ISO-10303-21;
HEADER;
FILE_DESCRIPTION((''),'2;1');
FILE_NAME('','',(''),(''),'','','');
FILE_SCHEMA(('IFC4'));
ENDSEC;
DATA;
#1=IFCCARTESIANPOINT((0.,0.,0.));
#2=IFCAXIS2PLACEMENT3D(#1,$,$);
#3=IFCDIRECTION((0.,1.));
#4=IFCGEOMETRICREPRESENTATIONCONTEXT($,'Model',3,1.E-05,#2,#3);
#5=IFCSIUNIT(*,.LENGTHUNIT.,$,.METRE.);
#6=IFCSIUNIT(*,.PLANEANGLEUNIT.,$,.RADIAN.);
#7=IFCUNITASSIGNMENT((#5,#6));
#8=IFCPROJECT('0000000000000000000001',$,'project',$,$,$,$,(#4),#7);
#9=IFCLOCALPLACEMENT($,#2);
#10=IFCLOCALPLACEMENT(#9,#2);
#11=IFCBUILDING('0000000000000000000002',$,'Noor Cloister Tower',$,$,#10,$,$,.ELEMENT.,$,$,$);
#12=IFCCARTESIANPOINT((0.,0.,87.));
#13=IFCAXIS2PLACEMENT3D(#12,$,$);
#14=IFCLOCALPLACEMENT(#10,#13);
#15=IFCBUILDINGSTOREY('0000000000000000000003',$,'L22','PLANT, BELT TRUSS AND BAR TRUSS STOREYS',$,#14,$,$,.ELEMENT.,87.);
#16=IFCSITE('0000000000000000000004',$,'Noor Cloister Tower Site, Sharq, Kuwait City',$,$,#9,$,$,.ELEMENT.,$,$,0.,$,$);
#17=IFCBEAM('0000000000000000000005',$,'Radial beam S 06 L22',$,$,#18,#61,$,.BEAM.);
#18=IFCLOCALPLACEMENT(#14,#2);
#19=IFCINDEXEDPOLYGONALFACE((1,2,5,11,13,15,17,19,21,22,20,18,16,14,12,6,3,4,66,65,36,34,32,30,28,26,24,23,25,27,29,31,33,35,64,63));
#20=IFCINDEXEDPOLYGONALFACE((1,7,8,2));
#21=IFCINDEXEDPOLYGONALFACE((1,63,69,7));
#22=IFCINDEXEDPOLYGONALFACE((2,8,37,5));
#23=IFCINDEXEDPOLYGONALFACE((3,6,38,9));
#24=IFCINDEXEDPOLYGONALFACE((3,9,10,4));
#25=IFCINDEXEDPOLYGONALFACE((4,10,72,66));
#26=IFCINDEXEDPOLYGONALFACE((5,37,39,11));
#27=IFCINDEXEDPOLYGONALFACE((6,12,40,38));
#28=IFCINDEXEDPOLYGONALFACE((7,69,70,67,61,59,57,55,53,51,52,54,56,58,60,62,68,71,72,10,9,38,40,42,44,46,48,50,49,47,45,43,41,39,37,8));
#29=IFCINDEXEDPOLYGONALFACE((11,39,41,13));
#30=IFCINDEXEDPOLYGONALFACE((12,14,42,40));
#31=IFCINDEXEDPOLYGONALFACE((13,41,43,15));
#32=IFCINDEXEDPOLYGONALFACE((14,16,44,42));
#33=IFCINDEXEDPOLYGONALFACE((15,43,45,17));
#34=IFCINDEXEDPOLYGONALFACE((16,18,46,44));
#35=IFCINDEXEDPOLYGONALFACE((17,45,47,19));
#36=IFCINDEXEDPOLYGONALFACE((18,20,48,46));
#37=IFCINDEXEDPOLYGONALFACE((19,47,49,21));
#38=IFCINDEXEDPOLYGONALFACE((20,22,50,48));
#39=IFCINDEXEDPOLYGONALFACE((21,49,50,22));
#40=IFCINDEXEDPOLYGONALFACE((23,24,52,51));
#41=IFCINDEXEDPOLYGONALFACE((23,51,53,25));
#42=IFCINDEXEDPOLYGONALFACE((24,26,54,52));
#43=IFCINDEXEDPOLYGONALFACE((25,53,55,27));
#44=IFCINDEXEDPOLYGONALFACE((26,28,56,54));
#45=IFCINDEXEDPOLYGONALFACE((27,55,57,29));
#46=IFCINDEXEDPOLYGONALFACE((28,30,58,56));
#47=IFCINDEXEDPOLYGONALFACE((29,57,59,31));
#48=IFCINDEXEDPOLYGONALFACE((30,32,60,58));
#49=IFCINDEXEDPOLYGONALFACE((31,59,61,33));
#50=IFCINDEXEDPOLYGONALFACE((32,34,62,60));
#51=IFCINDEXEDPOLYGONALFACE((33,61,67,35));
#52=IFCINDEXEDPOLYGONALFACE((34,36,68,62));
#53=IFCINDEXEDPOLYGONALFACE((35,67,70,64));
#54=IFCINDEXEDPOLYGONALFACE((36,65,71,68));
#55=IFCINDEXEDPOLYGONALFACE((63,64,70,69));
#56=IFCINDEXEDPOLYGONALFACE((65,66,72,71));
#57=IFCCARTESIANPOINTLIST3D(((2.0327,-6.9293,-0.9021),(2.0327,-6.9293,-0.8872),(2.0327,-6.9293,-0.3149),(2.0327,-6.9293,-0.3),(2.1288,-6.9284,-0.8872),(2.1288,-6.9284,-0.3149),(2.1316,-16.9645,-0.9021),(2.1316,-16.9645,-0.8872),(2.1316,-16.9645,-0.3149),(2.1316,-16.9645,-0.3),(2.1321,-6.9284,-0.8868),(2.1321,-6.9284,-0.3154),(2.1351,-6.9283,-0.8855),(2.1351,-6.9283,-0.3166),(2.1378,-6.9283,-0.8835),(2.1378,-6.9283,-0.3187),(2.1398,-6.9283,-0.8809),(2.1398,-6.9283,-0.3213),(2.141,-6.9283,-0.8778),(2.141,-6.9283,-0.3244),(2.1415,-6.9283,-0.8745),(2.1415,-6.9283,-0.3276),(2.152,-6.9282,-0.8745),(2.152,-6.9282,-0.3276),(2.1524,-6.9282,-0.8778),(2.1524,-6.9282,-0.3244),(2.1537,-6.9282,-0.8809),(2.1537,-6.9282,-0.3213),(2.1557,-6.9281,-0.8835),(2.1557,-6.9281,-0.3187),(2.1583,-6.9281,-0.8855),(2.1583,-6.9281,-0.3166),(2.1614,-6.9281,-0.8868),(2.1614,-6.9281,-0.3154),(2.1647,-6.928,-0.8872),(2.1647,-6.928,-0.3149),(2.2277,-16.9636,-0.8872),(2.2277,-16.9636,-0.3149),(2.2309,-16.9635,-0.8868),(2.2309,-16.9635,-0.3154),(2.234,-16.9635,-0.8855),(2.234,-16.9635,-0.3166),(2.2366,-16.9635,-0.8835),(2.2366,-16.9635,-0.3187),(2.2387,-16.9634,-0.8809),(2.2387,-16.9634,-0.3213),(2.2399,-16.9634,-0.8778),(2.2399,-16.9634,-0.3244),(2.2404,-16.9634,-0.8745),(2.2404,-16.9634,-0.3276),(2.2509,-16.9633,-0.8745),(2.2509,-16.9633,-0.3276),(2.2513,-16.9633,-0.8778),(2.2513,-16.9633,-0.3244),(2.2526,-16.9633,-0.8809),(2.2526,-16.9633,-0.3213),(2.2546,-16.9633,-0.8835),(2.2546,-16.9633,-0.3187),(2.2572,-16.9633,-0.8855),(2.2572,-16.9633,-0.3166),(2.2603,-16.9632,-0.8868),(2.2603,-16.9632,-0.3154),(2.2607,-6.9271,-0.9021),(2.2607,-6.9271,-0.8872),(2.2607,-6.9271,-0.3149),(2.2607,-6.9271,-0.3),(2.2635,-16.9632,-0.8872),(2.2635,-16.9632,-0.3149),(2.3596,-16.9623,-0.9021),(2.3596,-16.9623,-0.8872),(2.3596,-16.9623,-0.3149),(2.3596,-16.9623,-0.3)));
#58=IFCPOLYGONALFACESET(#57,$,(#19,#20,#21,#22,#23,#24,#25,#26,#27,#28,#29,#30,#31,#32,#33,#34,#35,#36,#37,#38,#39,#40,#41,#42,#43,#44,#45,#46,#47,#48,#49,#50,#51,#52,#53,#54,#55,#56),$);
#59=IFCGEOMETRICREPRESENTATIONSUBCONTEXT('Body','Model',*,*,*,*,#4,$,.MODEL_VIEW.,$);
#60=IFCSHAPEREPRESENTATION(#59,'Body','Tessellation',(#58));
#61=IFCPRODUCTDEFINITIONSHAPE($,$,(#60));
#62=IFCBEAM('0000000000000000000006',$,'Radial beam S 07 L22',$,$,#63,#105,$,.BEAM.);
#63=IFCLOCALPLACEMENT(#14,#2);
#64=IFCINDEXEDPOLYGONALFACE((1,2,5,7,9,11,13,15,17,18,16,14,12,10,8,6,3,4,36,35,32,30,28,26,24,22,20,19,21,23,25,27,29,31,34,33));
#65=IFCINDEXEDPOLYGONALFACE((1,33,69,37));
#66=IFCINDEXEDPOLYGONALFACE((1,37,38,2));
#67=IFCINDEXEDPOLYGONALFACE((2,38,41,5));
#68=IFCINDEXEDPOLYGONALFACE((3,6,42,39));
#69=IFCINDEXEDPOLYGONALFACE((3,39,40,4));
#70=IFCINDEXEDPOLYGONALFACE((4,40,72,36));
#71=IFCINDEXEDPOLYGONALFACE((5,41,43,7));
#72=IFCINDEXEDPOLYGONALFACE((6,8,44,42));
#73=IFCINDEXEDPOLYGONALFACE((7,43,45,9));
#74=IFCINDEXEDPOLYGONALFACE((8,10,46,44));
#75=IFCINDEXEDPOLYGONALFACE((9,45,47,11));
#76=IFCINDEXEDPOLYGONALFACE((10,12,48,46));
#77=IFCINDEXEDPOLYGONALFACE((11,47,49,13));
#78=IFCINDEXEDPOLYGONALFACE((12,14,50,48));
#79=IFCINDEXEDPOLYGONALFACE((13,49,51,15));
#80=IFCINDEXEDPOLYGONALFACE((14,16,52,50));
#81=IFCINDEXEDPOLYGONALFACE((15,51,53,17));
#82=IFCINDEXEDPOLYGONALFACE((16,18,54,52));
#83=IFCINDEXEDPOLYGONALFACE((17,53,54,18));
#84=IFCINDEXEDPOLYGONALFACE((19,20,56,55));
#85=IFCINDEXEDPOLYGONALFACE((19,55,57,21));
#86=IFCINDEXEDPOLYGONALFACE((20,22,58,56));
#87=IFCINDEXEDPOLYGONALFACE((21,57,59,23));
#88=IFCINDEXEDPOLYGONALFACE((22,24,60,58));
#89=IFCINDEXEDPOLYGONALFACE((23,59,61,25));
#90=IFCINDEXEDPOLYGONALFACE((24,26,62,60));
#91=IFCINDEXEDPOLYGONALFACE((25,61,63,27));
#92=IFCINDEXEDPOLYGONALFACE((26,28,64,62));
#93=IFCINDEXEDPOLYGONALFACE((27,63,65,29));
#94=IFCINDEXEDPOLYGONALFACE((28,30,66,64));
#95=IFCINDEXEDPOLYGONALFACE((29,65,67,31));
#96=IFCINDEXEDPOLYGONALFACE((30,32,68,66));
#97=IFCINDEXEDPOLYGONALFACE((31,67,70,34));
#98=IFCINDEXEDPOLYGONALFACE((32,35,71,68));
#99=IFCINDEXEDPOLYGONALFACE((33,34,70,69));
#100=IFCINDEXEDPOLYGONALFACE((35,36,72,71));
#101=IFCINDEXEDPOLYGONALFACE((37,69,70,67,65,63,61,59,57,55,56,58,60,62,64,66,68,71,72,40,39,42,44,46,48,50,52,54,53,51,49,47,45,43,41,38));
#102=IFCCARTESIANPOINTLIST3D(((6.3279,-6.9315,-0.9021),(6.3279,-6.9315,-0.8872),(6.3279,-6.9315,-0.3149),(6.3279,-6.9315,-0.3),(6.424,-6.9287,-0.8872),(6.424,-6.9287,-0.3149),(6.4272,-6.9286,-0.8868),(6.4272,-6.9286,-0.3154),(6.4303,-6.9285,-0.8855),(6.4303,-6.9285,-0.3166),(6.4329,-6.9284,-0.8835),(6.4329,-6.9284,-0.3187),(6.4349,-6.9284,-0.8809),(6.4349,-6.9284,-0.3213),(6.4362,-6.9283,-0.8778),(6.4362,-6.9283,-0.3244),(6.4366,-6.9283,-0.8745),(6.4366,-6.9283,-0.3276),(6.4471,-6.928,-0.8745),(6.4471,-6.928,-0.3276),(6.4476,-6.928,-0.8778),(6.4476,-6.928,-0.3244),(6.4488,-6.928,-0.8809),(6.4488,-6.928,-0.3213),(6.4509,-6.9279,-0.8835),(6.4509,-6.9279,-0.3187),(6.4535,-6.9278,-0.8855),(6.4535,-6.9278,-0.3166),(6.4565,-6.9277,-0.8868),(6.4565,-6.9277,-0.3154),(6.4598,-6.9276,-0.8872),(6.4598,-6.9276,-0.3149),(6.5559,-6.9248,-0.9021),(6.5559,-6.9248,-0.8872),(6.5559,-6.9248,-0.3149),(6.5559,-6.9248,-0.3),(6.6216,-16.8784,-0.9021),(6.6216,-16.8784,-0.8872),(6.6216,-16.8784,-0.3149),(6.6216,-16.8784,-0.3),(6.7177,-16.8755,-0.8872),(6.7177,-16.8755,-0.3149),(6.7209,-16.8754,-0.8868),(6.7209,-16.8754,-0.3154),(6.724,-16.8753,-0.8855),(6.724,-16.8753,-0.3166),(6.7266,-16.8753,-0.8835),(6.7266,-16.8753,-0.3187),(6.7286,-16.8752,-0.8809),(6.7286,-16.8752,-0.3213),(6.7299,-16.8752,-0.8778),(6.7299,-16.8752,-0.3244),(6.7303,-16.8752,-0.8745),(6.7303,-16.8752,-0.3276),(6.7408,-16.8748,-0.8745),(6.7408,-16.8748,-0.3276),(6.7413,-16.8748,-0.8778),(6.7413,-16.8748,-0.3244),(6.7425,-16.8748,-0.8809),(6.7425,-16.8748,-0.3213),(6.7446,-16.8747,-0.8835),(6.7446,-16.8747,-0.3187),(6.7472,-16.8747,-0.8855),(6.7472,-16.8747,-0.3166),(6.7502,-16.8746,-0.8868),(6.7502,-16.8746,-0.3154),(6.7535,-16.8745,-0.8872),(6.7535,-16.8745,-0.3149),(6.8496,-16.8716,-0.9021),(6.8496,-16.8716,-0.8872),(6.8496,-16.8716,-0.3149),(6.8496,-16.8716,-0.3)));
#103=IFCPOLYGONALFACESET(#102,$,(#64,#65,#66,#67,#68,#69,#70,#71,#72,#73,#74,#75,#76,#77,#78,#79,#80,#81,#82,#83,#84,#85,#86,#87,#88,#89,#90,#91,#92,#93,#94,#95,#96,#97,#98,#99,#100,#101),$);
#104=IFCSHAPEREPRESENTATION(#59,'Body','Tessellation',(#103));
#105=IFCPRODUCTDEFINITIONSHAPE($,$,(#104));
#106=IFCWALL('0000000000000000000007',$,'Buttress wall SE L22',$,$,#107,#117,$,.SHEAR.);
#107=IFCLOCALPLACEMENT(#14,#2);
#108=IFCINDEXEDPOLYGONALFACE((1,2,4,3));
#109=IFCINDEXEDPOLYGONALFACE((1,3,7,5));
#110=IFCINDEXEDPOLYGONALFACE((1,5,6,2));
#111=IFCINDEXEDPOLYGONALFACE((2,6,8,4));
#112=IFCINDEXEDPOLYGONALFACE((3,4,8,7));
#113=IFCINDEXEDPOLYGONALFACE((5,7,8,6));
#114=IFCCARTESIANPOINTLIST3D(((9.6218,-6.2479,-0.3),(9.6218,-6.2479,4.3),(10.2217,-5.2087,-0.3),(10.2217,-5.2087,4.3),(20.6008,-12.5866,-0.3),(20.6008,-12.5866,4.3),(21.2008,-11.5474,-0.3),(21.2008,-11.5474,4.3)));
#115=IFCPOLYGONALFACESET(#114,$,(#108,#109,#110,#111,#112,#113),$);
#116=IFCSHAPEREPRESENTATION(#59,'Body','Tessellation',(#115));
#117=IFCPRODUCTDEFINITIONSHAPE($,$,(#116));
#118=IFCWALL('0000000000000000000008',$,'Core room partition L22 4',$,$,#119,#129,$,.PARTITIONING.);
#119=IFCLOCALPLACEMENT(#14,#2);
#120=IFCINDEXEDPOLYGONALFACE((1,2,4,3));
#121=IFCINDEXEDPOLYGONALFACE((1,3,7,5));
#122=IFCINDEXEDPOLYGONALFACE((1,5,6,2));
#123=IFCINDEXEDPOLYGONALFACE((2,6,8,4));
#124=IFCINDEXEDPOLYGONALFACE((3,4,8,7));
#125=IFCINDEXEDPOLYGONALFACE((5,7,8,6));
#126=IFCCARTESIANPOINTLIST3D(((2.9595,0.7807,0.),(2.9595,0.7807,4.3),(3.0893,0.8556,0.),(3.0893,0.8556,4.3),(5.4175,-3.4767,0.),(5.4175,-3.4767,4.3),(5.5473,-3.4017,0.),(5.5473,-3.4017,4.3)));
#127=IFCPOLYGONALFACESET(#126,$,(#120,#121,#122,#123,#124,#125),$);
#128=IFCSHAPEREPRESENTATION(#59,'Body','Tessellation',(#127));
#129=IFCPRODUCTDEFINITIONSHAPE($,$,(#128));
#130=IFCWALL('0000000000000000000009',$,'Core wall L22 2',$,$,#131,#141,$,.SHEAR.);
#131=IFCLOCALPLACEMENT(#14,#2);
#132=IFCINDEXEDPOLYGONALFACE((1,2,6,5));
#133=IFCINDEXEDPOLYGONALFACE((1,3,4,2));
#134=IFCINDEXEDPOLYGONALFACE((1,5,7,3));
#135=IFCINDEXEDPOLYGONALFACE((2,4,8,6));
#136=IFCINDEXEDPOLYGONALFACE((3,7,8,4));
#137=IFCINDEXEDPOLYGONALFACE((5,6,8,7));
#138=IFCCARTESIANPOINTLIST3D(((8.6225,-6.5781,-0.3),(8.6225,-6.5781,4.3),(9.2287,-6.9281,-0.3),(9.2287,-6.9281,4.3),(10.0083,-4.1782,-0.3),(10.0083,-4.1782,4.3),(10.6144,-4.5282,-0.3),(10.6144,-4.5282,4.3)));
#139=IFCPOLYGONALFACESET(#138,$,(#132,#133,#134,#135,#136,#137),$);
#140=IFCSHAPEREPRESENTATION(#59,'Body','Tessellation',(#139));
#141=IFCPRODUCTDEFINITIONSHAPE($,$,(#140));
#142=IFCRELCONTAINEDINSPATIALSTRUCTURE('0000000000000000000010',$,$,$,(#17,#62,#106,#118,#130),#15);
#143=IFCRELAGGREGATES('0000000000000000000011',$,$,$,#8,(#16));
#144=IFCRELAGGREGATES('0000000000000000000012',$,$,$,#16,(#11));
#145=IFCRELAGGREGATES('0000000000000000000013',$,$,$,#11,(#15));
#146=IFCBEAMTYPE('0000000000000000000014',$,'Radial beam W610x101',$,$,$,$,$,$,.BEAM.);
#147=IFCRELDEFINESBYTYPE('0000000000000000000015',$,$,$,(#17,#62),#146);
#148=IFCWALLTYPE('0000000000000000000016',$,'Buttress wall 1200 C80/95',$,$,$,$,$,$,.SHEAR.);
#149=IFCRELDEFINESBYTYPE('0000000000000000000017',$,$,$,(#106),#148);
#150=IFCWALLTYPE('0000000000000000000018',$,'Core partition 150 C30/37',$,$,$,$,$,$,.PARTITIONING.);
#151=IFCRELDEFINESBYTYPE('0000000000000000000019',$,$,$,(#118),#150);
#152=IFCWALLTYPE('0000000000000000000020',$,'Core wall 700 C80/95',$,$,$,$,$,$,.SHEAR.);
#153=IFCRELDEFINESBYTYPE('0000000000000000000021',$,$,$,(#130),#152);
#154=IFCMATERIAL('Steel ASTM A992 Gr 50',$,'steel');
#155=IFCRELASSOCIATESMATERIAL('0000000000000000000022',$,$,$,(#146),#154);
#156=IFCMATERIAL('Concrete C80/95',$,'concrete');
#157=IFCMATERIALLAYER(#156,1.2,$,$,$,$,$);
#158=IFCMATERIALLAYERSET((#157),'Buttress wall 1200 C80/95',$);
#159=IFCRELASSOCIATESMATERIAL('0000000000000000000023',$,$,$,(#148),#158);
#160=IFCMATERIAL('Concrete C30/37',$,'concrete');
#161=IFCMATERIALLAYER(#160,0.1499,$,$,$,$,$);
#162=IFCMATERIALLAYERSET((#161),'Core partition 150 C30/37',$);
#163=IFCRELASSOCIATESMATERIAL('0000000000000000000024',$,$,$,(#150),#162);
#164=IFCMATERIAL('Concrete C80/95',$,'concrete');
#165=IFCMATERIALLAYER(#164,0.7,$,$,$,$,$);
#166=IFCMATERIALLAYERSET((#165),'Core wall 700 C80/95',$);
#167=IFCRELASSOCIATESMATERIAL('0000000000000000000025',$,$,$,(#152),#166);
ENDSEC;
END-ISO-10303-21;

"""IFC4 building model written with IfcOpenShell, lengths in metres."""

from ifc_helpers import new_model, si_unit, direction, frame, frame_2d, origin, origin_2d, place, context, subcontext, project, spatial, rectangle, i_section, extrude, material, layer, layer_set, material_profile, profile_set, type_object, element, save


model = new_model("IFC4")

# Units and contexts
model_context = context("Model", 3, precision=1e-05, world=origin(), true_north=direction((0.0, 1.0)))
body_context = subcontext(model_context, "Body", "Model", "MODEL_VIEW")
ifc_project = project(units=[si_unit("LENGTHUNIT", "METRE"), si_unit("PLANEANGLEUNIT", "RADIAN")], contexts=[model_context])

# Site, building, storey
site_placement = place(None, origin())
site = spatial("IfcSite", under=ifc_project, at=site_placement, Name="Noor Cloister Tower Site, Sharq, Kuwait City", CompositionType="ELEMENT", RefElevation=0.0)
building_placement = place(site_placement, origin())
building = spatial("IfcBuilding", under=site, at=building_placement, Name="Noor Cloister Tower", CompositionType="ELEMENT")
storey_placement = place(building_placement, frame((0.0, 0.0, 87.0)))
storey = spatial("IfcBuildingStorey", under=building, at=storey_placement, Name="L22", Description="PLANT, BELT TRUSS AND BAR TRUSS STOREYS", CompositionType="ELEMENT", Elevation=87.0)

# Beams
ifc_material_1 = material(Name="Steel ASTM A992 Gr 50", Category="steel")
ifc_material_profile_1 = material_profile(ifc_material_1, i_section(OverallWidth=0.228, OverallDepth=0.6021, WebThickness=0.0105, FlangeThickness=0.0149, FilletRadius=0.0127, at=origin_2d()), Name="W610x101")
ifc_profile_set_1 = profile_set([ifc_material_profile_1], Name="Steel ASTM A992 Gr 50")
beam_type_1 = type_object("IfcBeamType", Name="Radial beam W610x101", PredefinedType="BEAM", material=ifc_profile_set_1)
beam_1_placement = place(storey_placement, frame((2.2456, -16.9634, -0.6011), z_axis=(-0.009853, 0.999951, 0.0), x_axis=(-0.999951, -0.009853, 0.0)))
element("IfcBeam", 1, at=beam_1_placement, inside=storey, type_object=beam_type_1, Name="Radial beam S 06 L22", PredefinedType="BEAM", context=body_context, shape_type="SweptSolid", body=[
    extrude(i_section(OverallWidth=0.228, OverallDepth=0.6021, WebThickness=0.0105, FlangeThickness=0.0149, FilletRadius=0.0127, at=origin_2d()), origin(), (0.0, 0.0, 1.0), 10.0356),
])
beam_2_placement = place(storey_placement, frame((6.7356, -16.875, -0.6011), z_axis=(-0.029514, 0.999564, 0.0), x_axis=(-0.999564, -0.029514, 0.0)))
element("IfcBeam", 2, at=beam_2_placement, inside=storey, type_object=beam_type_1, Name="Radial beam S 07 L22", PredefinedType="BEAM", context=body_context, shape_type="SweptSolid", body=[
    extrude(i_section(OverallWidth=0.228, OverallDepth=0.6021, WebThickness=0.0105, FlangeThickness=0.0149, FilletRadius=0.0127, at=origin_2d()), origin(), (0.0, 0.0, 1.0), 9.9512),
])

# Walls
ifc_material_2 = material(Name="Concrete C80/95", Category="concrete")
ifc_layer_1 = layer(ifc_material_2, 1.2)
ifc_layer_set_1 = layer_set([ifc_layer_1], Name="Buttress wall 1200 C80/95")
wall_type_1 = type_object("IfcWallType", Name="Buttress wall 1200 C80/95", PredefinedType="SHEAR", material=ifc_layer_set_1)
wall_1_placement = place(storey_placement, frame((9.9216, -5.7283, -0.3), z_axis=(0.0, 0.0, 1.0), x_axis=(0.866029, -0.499994, 0.0)))
element("IfcWall", 3, at=wall_1_placement, inside=storey, type_object=wall_type_1, Name="Buttress wall SE L22", PredefinedType="SHEAR", context=body_context, shape_type="SweptSolid", body=[
    extrude(rectangle(XDim=12.6775, YDim=1.2, at=frame_2d((6.3389, 0.0))), origin(), (0.0, 0.0, 1.0), 4.6001),
])
ifc_material_3 = material(Name="Concrete C30/37", Category="concrete")
ifc_layer_2 = layer(ifc_material_3, 0.1499)
ifc_layer_set_2 = layer_set([ifc_layer_2], Name="Core partition 150 C30/37")
wall_type_2 = type_object("IfcWallType", Name="Core partition 150 C30/37", PredefinedType="PARTITIONING", material=ifc_layer_set_2)
wall_2_placement = place(storey_placement, frame((5.4824, -3.4392, 0.0), z_axis=(0.0, 0.0, 1.0), x_axis=(-0.500006, 0.866022, 0.0)))
element("IfcWall", 4, at=wall_2_placement, inside=storey, type_object=wall_type_2, Name="Core room partition L22 4", PredefinedType="PARTITIONING", context=body_context, shape_type="SweptSolid", body=[
    extrude(rectangle(XDim=4.916, YDim=0.1499, at=frame_2d((2.458, 0.0))), origin(), (0.0, 0.0, 1.0), 4.3),
])
ifc_material_4 = material(Name="Concrete C80/95", Category="concrete")
ifc_layer_3 = layer(ifc_material_4, 0.7)
ifc_layer_set_3 = layer_set([ifc_layer_3], Name="Core wall 700 C80/95")
wall_type_3 = type_object("IfcWallType", Name="Core wall 700 C80/95", PredefinedType="SHEAR", material=ifc_layer_set_3)
wall_3_placement = place(storey_placement, frame((8.9255, -6.7532, -0.3), z_axis=(0.0, 0.0, 1.0), x_axis=(0.500043, 0.866001, 0.0)))
element("IfcWall", 5, at=wall_3_placement, inside=storey, type_object=wall_type_3, Name="Core wall L22 2", PredefinedType="SHEAR", context=body_context, shape_type="SweptSolid", body=[
    extrude(rectangle(XDim=2.7712, YDim=0.7, at=frame_2d((1.3857, 0.0))), origin(), (0.0, 0.0, 1.0), 4.6001),
])

save(model, "model.ifc")
